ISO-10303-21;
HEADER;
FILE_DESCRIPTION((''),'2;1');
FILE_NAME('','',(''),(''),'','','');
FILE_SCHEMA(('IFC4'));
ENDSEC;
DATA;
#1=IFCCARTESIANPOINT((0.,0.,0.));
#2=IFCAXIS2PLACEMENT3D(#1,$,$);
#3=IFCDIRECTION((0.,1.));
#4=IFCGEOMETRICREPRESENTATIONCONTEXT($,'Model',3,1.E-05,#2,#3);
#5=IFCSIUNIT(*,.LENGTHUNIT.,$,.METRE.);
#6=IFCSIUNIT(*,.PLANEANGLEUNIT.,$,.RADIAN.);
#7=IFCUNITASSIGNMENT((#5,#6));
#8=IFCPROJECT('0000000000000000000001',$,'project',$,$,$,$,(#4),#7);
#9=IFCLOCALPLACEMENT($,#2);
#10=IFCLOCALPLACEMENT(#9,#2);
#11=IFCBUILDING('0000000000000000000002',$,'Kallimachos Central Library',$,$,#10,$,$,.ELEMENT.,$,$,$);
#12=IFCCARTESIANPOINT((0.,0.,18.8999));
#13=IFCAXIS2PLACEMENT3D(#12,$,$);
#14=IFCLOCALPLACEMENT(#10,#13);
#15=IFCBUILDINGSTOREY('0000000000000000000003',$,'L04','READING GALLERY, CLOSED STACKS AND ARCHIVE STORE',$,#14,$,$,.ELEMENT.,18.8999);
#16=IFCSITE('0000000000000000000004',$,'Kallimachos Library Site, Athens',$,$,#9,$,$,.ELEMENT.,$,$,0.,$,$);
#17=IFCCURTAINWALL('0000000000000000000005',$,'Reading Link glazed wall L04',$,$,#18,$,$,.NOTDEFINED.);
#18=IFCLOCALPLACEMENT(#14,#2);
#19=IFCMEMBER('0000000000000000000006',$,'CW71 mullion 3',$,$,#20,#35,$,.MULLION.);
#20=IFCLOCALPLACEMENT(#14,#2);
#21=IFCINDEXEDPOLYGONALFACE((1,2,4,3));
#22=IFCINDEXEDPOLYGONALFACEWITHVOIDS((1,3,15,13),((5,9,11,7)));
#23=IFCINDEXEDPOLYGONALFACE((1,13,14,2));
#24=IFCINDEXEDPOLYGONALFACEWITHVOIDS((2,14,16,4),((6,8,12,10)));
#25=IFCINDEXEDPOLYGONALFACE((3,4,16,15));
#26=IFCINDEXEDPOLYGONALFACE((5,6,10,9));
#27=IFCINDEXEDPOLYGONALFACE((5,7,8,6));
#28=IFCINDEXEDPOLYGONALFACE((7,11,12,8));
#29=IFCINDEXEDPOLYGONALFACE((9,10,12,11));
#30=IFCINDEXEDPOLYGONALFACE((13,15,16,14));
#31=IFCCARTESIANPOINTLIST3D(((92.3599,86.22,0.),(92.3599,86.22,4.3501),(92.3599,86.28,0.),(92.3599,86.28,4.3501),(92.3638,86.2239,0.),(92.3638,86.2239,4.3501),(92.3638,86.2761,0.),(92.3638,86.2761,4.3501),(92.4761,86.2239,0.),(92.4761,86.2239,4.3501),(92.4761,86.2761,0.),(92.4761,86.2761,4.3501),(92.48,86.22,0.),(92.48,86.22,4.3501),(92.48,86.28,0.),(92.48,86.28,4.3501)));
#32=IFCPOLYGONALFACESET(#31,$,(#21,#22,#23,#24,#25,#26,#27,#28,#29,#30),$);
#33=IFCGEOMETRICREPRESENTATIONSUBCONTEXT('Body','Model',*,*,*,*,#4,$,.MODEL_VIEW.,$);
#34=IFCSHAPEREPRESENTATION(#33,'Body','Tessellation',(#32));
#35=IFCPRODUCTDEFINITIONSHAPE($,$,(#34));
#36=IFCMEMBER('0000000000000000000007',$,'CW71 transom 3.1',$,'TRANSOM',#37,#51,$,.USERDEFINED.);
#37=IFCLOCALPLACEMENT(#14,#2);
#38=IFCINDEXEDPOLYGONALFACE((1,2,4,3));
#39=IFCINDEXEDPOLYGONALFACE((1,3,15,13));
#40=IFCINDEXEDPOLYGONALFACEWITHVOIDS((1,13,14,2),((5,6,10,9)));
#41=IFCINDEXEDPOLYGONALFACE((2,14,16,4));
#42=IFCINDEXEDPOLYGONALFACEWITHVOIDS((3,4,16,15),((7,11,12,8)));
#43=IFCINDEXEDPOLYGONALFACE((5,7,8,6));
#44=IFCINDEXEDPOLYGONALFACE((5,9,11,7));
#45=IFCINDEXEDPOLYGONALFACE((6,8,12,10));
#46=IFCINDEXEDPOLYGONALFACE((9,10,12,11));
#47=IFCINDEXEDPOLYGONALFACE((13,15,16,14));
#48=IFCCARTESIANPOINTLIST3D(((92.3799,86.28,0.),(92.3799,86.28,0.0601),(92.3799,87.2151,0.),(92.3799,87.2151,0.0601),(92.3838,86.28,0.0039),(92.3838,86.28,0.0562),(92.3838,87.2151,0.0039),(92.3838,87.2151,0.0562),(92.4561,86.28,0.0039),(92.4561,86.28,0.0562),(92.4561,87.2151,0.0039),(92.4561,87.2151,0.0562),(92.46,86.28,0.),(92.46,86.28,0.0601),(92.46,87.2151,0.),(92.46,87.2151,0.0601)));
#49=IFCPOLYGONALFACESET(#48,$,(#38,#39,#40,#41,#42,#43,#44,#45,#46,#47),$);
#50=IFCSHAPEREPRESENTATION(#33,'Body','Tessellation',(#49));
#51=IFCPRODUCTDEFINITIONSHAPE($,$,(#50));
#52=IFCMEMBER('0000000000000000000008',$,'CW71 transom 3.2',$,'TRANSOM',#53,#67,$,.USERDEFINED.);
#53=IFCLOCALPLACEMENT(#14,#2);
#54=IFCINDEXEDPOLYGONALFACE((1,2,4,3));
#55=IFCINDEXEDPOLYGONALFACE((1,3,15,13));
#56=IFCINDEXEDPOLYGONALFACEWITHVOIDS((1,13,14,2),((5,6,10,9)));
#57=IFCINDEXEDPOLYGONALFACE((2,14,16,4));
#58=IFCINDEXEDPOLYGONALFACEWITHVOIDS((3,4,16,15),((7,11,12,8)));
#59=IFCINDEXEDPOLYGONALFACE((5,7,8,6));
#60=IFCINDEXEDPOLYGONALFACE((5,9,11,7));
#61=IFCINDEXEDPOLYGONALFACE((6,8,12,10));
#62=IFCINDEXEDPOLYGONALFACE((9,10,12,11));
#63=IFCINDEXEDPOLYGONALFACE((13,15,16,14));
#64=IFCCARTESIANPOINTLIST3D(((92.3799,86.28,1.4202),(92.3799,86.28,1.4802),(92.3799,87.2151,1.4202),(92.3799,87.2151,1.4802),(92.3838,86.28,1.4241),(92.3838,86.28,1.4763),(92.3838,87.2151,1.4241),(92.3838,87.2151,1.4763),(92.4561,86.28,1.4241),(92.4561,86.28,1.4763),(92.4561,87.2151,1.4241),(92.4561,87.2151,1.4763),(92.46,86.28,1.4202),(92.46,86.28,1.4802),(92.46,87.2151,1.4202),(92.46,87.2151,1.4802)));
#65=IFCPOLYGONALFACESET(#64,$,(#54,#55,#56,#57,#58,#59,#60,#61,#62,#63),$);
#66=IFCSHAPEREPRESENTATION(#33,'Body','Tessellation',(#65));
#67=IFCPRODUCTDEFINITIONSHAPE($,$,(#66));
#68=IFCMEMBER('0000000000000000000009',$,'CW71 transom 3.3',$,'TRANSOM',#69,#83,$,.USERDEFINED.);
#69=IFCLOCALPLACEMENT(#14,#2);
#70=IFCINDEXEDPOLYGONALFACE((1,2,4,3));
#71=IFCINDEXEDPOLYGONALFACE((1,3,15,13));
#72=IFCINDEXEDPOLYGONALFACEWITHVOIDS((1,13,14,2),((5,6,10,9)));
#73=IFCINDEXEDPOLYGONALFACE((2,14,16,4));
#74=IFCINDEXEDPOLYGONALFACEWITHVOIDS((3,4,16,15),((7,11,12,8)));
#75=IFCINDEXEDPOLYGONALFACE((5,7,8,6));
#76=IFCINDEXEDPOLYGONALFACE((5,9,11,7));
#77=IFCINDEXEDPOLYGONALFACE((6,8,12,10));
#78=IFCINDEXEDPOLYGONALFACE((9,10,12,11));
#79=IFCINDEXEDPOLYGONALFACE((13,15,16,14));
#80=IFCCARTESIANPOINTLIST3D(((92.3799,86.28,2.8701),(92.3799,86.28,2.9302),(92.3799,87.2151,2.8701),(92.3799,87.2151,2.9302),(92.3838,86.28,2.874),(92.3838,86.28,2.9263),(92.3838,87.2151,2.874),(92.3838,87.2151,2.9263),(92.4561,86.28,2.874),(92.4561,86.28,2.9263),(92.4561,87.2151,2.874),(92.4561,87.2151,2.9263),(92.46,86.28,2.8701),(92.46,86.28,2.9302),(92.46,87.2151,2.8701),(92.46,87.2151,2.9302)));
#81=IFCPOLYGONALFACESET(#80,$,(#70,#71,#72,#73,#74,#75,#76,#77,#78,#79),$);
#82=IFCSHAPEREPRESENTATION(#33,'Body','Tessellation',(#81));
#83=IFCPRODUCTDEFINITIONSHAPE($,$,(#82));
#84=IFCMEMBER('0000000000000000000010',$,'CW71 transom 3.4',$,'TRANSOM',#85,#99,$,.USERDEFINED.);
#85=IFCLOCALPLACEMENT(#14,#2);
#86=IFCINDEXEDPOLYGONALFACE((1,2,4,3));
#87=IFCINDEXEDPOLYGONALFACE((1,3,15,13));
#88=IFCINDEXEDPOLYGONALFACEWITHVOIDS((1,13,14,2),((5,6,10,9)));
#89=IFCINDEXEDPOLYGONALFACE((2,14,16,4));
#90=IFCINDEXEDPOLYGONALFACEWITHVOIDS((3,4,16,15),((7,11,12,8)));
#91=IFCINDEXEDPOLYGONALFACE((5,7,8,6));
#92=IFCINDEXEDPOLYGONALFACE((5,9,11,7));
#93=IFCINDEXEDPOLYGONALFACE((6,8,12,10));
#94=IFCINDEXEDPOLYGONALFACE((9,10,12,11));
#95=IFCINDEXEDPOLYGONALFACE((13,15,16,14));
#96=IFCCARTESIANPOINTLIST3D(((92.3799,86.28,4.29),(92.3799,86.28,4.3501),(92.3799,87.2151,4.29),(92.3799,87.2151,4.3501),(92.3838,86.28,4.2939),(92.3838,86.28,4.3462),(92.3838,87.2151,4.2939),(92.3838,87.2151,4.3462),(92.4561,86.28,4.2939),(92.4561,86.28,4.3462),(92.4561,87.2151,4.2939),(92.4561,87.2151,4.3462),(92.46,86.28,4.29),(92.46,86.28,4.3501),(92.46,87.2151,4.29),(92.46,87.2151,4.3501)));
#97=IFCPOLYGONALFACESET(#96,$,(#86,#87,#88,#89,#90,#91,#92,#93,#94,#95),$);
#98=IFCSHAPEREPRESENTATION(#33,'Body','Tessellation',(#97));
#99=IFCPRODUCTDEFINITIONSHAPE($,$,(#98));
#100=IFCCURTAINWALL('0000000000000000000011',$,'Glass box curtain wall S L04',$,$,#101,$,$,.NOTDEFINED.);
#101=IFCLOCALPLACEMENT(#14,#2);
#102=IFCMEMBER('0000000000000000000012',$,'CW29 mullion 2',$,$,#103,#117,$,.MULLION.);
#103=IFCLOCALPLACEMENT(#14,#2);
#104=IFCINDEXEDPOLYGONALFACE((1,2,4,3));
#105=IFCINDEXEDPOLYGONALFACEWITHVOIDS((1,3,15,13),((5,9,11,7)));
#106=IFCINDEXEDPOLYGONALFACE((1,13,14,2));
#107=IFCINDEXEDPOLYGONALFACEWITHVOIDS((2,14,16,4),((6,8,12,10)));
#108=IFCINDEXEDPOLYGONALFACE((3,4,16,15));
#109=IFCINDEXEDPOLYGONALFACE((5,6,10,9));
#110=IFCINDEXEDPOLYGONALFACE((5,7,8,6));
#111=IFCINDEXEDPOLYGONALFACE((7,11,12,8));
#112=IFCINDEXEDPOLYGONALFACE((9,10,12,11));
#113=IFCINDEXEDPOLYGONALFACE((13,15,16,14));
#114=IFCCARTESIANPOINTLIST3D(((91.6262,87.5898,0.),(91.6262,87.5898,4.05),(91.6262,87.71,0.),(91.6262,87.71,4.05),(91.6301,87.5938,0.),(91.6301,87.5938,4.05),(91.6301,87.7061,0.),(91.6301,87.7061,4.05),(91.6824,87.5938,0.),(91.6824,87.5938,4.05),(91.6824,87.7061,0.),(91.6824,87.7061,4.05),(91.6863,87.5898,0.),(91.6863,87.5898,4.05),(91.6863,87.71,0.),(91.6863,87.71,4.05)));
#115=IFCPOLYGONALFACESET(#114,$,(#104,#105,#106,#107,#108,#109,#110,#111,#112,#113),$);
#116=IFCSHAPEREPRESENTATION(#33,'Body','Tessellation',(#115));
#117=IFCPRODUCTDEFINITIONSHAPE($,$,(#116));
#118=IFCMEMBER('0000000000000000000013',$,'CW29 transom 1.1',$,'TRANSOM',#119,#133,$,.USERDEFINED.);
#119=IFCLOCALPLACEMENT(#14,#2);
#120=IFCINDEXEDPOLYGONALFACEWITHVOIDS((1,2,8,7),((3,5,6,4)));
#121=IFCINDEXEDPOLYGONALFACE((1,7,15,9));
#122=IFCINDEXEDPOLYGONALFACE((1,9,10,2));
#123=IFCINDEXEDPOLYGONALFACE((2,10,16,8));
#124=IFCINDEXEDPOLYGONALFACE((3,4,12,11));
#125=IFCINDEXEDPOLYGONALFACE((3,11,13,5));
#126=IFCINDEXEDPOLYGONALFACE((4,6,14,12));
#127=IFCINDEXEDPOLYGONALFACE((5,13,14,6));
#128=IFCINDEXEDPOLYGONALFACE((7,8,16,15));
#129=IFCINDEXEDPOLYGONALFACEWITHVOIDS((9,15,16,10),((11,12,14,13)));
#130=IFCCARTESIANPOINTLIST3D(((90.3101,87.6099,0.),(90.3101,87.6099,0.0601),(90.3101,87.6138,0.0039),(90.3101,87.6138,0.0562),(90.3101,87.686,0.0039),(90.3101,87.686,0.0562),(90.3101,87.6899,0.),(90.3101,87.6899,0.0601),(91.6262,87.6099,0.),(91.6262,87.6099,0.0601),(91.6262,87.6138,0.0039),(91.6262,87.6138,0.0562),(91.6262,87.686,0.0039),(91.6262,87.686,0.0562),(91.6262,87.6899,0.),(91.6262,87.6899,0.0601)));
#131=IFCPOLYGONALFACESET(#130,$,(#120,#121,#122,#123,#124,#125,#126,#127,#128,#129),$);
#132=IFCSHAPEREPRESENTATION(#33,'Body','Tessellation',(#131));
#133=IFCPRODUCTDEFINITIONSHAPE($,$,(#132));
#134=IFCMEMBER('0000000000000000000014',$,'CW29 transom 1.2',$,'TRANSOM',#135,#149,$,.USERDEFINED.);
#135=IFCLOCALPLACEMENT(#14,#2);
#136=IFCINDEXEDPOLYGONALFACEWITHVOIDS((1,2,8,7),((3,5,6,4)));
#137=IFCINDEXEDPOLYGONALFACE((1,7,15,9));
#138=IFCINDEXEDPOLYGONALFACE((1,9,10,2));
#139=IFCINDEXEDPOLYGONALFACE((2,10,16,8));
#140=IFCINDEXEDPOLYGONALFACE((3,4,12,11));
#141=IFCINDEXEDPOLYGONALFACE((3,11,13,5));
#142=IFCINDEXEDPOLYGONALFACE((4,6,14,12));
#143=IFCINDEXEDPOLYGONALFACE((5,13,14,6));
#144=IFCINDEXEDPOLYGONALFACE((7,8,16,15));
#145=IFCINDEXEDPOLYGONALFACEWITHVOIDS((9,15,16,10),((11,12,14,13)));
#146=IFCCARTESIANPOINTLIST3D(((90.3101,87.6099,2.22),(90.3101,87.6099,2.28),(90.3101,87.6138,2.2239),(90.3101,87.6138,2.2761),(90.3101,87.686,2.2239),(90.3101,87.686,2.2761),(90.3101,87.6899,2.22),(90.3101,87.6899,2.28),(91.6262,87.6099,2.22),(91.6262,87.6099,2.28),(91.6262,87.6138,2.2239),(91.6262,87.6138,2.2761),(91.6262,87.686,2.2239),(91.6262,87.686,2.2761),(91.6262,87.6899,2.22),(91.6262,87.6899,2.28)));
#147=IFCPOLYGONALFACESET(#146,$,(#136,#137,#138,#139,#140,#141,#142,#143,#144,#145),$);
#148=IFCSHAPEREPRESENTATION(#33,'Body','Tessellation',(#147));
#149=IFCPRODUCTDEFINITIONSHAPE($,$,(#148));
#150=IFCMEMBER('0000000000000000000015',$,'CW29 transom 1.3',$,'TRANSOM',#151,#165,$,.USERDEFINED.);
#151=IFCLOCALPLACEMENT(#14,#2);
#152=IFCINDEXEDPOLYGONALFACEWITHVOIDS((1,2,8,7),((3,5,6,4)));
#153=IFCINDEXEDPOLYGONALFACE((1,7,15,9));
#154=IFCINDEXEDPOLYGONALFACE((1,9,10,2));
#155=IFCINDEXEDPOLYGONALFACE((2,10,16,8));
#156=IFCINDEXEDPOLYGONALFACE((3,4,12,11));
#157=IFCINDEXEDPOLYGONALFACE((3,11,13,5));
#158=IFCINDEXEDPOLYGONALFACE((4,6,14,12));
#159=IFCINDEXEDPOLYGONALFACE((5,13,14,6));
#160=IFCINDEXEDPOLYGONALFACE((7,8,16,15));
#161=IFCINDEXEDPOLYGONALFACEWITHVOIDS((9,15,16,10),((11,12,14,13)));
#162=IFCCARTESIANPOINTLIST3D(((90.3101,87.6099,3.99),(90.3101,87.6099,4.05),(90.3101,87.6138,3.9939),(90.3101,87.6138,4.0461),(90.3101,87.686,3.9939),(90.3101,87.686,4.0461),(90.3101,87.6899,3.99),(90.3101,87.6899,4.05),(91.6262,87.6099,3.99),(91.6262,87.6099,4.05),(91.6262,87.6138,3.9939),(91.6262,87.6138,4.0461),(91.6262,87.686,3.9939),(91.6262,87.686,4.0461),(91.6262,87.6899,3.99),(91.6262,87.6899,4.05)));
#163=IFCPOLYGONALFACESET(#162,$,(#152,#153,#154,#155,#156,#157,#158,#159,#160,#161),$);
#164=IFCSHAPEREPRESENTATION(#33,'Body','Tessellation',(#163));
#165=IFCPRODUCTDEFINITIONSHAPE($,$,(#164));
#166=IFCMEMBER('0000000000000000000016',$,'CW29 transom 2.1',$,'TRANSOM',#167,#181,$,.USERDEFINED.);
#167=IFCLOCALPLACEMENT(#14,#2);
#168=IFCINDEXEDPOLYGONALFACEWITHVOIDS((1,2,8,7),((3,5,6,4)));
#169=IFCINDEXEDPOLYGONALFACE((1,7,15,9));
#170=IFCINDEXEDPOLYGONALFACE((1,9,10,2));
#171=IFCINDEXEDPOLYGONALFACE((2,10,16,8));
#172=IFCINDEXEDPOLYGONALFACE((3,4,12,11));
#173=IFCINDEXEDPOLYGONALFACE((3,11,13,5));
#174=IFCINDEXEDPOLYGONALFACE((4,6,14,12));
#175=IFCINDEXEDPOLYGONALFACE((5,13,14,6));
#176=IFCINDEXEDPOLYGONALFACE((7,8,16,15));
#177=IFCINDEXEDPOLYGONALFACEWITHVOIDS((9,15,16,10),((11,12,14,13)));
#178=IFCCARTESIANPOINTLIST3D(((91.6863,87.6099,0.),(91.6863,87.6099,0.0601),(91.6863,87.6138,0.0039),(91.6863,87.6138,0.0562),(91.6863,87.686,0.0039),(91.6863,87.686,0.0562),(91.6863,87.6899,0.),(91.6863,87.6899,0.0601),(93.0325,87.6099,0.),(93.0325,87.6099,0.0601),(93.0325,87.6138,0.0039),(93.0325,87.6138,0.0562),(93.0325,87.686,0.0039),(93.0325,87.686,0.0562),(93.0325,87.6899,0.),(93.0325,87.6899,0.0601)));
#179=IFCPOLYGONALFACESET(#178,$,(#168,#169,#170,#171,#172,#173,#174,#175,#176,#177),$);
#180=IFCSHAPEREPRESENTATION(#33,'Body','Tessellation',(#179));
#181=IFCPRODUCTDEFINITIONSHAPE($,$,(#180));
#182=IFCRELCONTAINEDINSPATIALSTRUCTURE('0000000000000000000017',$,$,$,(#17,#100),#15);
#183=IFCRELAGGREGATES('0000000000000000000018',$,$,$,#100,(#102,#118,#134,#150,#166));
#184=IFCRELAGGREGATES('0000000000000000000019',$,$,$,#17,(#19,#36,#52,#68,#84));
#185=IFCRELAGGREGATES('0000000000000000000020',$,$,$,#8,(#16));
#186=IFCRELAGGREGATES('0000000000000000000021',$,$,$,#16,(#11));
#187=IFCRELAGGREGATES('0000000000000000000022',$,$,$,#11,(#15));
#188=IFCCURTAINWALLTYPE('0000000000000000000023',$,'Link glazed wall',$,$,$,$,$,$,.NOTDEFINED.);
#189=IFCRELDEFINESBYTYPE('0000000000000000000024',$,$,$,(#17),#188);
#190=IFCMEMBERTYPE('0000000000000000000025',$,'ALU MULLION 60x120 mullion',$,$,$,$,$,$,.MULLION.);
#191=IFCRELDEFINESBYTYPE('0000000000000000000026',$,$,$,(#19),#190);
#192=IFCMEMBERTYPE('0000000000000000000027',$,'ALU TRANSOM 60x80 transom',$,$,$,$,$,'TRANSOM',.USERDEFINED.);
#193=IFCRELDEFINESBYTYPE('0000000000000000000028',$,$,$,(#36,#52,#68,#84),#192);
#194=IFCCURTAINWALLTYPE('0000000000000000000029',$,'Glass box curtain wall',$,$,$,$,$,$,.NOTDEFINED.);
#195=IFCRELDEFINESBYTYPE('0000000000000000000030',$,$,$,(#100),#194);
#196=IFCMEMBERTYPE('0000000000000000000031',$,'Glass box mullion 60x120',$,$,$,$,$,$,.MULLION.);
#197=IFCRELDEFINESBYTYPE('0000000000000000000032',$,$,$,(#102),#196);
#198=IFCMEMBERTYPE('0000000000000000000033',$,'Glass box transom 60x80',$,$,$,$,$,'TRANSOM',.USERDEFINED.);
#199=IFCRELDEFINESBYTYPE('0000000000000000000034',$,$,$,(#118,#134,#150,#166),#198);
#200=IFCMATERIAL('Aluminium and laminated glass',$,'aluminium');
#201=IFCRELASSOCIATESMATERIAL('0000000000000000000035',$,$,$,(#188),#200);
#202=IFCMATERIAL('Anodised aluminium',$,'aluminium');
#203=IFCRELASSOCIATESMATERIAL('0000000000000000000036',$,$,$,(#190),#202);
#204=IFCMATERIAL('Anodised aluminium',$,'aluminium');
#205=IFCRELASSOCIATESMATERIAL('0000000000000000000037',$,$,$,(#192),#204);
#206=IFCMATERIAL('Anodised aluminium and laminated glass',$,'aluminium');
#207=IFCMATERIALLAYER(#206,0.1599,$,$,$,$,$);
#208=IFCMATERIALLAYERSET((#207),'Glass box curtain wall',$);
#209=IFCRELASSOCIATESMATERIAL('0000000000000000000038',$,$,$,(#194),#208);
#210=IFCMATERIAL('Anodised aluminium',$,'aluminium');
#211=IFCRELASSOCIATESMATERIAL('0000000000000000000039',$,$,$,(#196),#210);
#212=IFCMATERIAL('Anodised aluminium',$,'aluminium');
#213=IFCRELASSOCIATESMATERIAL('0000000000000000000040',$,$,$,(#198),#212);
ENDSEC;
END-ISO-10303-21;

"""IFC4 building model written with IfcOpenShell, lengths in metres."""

from ifc_helpers import new_model, si_unit, direction, frame, origin, origin_2d, place, context, subcontext, project, spatial, hollow_rectangle, extrude, material, layer, layer_set, material_profile, profile_set, type_object, element, aggregate, save


model = new_model("IFC4")

# Units and contexts
model_context = context("Model", 3, precision=1e-05, world=origin(), true_north=direction((0.0, 1.0)))
body_context = subcontext(model_context, "Body", "Model", "MODEL_VIEW")
ifc_project = project(units=[si_unit("LENGTHUNIT", "METRE"), si_unit("PLANEANGLEUNIT", "RADIAN")], contexts=[model_context])

# Site, building, storey
site_placement = place(None, origin())
site = spatial("IfcSite", under=ifc_project, at=site_placement, Name="Kallimachos Library Site, Athens", CompositionType="ELEMENT", RefElevation=0.0)
building_placement = place(site_placement, origin())
building = spatial("IfcBuilding", under=site, at=building_placement, Name="Kallimachos Central Library", CompositionType="ELEMENT")
storey_placement = place(building_placement, frame((0.0, 0.0, 18.8999)))
storey = spatial("IfcBuildingStorey", under=building, at=storey_placement, Name="L04", Description="READING GALLERY, CLOSED STACKS AND ARCHIVE STORE", CompositionType="ELEMENT", Elevation=18.8999)

# Curtain wall, members
ifc_material_1 = material(Name="Aluminium and laminated glass", Category="aluminium")
curtain_wall_type_1 = type_object("IfcCurtainWallType", Name="Link glazed wall", PredefinedType="NOTDEFINED", material=ifc_material_1)
curtain_wall_1_placement = place(storey_placement, origin())
curtain_wall_1 = element("IfcCurtainWall", 1, at=curtain_wall_1_placement, inside=storey, type_object=curtain_wall_type_1, Name="Reading Link glazed wall L04", PredefinedType="NOTDEFINED")
ifc_material_2 = material(Name="Anodised aluminium", Category="aluminium")
ifc_material_profile_1 = material_profile(ifc_material_2, hollow_rectangle(XDim=0.0601, YDim=0.1201, WallThickness=0.0039, at=origin_2d()), Name="ALU MULLION 60x120")
ifc_profile_set_1 = profile_set([ifc_material_profile_1], Name="Anodised aluminium")
member_type_1 = type_object("IfcMemberType", Name="ALU MULLION 60x120 mullion", PredefinedType="MULLION", material=ifc_profile_set_1)
member_1_placement = place(storey_placement, frame((92.4199, 86.25, 0.0), z_axis=(0.0, 0.0, 1.0), x_axis=(0.0, 1.0, 0.0)))
member_1 = element("IfcMember", 2, at=member_1_placement, type_object=member_type_1, Name="CW71 mullion 3", PredefinedType="MULLION", context=body_context, shape_type="SweptSolid", body=[
    extrude(hollow_rectangle(XDim=0.0601, YDim=0.1201, WallThickness=0.0039, at=origin_2d()), origin(), (0.0, 0.0, 1.0), 4.3501),
])
ifc_material_3 = material(Name="Anodised aluminium", Category="aluminium")
ifc_material_profile_2 = material_profile(ifc_material_3, hollow_rectangle(XDim=0.0601, YDim=0.0801, WallThickness=0.0039, at=origin_2d()), Name="ALU TRANSOM 60x80")
ifc_profile_set_2 = profile_set([ifc_material_profile_2], Name="Anodised aluminium")
member_type_2 = type_object("IfcMemberType", Name="ALU TRANSOM 60x80 transom", ElementType="TRANSOM", PredefinedType="USERDEFINED", material=ifc_profile_set_2)
member_2_placement = place(storey_placement, frame((92.4199, 86.28, 0.03), z_axis=(0.0, 1.0, 0.0), x_axis=(0.0, 0.0, 1.0)))
member_2 = element("IfcMember", 3, at=member_2_placement, type_object=member_type_2, Name="CW71 transom 3.1", ObjectType="TRANSOM", PredefinedType="USERDEFINED", context=body_context, shape_type="SweptSolid", body=[
    extrude(hollow_rectangle(XDim=0.0601, YDim=0.0801, WallThickness=0.0039, at=origin_2d()), origin(), (0.0, 0.0, 1.0), 0.9351),
])
member_3_placement = place(storey_placement, frame((92.4199, 86.28, 1.4502), z_axis=(0.0, 1.0, 0.0), x_axis=(0.0, 0.0, 1.0)))
member_3 = element("IfcMember", 4, at=member_3_placement, type_object=member_type_2, Name="CW71 transom 3.2", ObjectType="TRANSOM", PredefinedType="USERDEFINED", context=body_context, shape_type="SweptSolid", body=[
    extrude(hollow_rectangle(XDim=0.0601, YDim=0.0801, WallThickness=0.0039, at=origin_2d()), origin(), (0.0, 0.0, 1.0), 0.9351),
])
member_4_placement = place(storey_placement, frame((92.4199, 86.28, 2.9001), z_axis=(0.0, 1.0, 0.0), x_axis=(0.0, 0.0, 1.0)))
member_4 = element("IfcMember", 5, at=member_4_placement, type_object=member_type_2, Name="CW71 transom 3.3", ObjectType="TRANSOM", PredefinedType="USERDEFINED", context=body_context, shape_type="SweptSolid", body=[
    extrude(hollow_rectangle(XDim=0.0601, YDim=0.0801, WallThickness=0.0039, at=origin_2d()), origin(), (0.0, 0.0, 1.0), 0.9351),
])
member_5_placement = place(storey_placement, frame((92.4199, 86.28, 4.3201), z_axis=(0.0, 1.0, 0.0), x_axis=(0.0, 0.0, 1.0)))
member_5 = element("IfcMember", 6, at=member_5_placement, type_object=member_type_2, Name="CW71 transom 3.4", ObjectType="TRANSOM", PredefinedType="USERDEFINED", context=body_context, shape_type="SweptSolid", body=[
    extrude(hollow_rectangle(XDim=0.0601, YDim=0.0801, WallThickness=0.0039, at=origin_2d()), origin(), (0.0, 0.0, 1.0), 0.9351),
])

# Curtain wall, members
ifc_material_4 = material(Name="Anodised aluminium and laminated glass", Category="aluminium")
ifc_layer_1 = layer(ifc_material_4, 0.1599)
ifc_layer_set_1 = layer_set([ifc_layer_1], Name="Glass box curtain wall")
curtain_wall_type_2 = type_object("IfcCurtainWallType", Name="Glass box curtain wall", PredefinedType="NOTDEFINED", material=ifc_layer_set_1)
curtain_wall_2_placement = place(storey_placement, origin())
curtain_wall_2 = element("IfcCurtainWall", 7, at=curtain_wall_2_placement, inside=storey, type_object=curtain_wall_type_2, Name="Glass box curtain wall S L04", PredefinedType="NOTDEFINED")
ifc_material_5 = material(Name="Anodised aluminium", Category="aluminium")
ifc_material_profile_3 = material_profile(ifc_material_5, hollow_rectangle(XDim=0.0601, YDim=0.1201, WallThickness=0.0039, at=origin_2d()), Name="ALU MULLION 60x120")
ifc_profile_set_3 = profile_set([ifc_material_profile_3], Name="Anodised aluminium")
member_type_3 = type_object("IfcMemberType", Name="Glass box mullion 60x120", PredefinedType="MULLION", material=ifc_profile_set_3)
member_6_placement = place(storey_placement, frame((91.6562, 87.6499, 0.0), z_axis=(0.0, 0.0, 1.0), x_axis=(1.0, 0.0, 0.0)))
member_6 = element("IfcMember", 8, at=member_6_placement, type_object=member_type_3, Name="CW29 mullion 2", PredefinedType="MULLION", context=body_context, shape_type="SweptSolid", body=[
    extrude(hollow_rectangle(XDim=0.0601, YDim=0.1201, WallThickness=0.0039, at=origin_2d()), origin(), (0.0, 0.0, 1.0), 4.05),
])
ifc_material_6 = material(Name="Anodised aluminium", Category="aluminium")
ifc_material_profile_4 = material_profile(ifc_material_6, hollow_rectangle(XDim=0.0601, YDim=0.0801, WallThickness=0.0039, at=origin_2d()), Name="ALU TRANSOM 60x80")
ifc_profile_set_4 = profile_set([ifc_material_profile_4], Name="Anodised aluminium")
member_type_4 = type_object("IfcMemberType", Name="Glass box transom 60x80", ElementType="TRANSOM", PredefinedType="USERDEFINED", material=ifc_profile_set_4)
member_7_placement = place(storey_placement, frame((90.3101, 87.6499, 0.03), z_axis=(1.0, 0.0, 0.0), x_axis=(0.0, 0.0, 1.0)))
member_7 = element("IfcMember", 9, at=member_7_placement, type_object=member_type_4, Name="CW29 transom 1.1", ObjectType="TRANSOM", PredefinedType="USERDEFINED", context=body_context, shape_type="SweptSolid", body=[
    extrude(hollow_rectangle(XDim=0.0601, YDim=0.0801, WallThickness=0.0039, at=origin_2d()), origin(), (0.0, 0.0, 1.0), 1.3162),
])
member_8_placement = place(storey_placement, frame((90.3101, 87.6499, 2.25), z_axis=(1.0, 0.0, 0.0), x_axis=(0.0, 0.0, 1.0)))
member_8 = element("IfcMember", 10, at=member_8_placement, type_object=member_type_4, Name="CW29 transom 1.2", ObjectType="TRANSOM", PredefinedType="USERDEFINED", context=body_context, shape_type="SweptSolid", body=[
    extrude(hollow_rectangle(XDim=0.0601, YDim=0.0801, WallThickness=0.0039, at=origin_2d()), origin(), (0.0, 0.0, 1.0), 1.3162),
])
member_9_placement = place(storey_placement, frame((90.3101, 87.6499, 4.02), z_axis=(1.0, 0.0, 0.0), x_axis=(0.0, 0.0, 1.0)))
member_9 = element("IfcMember", 11, at=member_9_placement, type_object=member_type_4, Name="CW29 transom 1.3", ObjectType="TRANSOM", PredefinedType="USERDEFINED", context=body_context, shape_type="SweptSolid", body=[
    extrude(hollow_rectangle(XDim=0.0601, YDim=0.0801, WallThickness=0.0039, at=origin_2d()), origin(), (0.0, 0.0, 1.0), 1.3162),
])
member_10_placement = place(storey_placement, frame((91.6863, 87.6499, 0.03), z_axis=(1.0, 0.0, 0.0), x_axis=(0.0, 0.0, 1.0)))
member_10 = element("IfcMember", 12, at=member_10_placement, type_object=member_type_4, Name="CW29 transom 2.1", ObjectType="TRANSOM", PredefinedType="USERDEFINED", context=body_context, shape_type="SweptSolid", body=[
    extrude(hollow_rectangle(XDim=0.0601, YDim=0.0801, WallThickness=0.0039, at=origin_2d()), origin(), (0.0, 0.0, 1.0), 1.3462),
])
aggregate(curtain_wall_2, [member_6, member_7, member_8, member_9, member_10])

aggregate(curtain_wall_1, [member_1, member_2, member_3, member_4, member_5])

save(model, "model.ifc")
